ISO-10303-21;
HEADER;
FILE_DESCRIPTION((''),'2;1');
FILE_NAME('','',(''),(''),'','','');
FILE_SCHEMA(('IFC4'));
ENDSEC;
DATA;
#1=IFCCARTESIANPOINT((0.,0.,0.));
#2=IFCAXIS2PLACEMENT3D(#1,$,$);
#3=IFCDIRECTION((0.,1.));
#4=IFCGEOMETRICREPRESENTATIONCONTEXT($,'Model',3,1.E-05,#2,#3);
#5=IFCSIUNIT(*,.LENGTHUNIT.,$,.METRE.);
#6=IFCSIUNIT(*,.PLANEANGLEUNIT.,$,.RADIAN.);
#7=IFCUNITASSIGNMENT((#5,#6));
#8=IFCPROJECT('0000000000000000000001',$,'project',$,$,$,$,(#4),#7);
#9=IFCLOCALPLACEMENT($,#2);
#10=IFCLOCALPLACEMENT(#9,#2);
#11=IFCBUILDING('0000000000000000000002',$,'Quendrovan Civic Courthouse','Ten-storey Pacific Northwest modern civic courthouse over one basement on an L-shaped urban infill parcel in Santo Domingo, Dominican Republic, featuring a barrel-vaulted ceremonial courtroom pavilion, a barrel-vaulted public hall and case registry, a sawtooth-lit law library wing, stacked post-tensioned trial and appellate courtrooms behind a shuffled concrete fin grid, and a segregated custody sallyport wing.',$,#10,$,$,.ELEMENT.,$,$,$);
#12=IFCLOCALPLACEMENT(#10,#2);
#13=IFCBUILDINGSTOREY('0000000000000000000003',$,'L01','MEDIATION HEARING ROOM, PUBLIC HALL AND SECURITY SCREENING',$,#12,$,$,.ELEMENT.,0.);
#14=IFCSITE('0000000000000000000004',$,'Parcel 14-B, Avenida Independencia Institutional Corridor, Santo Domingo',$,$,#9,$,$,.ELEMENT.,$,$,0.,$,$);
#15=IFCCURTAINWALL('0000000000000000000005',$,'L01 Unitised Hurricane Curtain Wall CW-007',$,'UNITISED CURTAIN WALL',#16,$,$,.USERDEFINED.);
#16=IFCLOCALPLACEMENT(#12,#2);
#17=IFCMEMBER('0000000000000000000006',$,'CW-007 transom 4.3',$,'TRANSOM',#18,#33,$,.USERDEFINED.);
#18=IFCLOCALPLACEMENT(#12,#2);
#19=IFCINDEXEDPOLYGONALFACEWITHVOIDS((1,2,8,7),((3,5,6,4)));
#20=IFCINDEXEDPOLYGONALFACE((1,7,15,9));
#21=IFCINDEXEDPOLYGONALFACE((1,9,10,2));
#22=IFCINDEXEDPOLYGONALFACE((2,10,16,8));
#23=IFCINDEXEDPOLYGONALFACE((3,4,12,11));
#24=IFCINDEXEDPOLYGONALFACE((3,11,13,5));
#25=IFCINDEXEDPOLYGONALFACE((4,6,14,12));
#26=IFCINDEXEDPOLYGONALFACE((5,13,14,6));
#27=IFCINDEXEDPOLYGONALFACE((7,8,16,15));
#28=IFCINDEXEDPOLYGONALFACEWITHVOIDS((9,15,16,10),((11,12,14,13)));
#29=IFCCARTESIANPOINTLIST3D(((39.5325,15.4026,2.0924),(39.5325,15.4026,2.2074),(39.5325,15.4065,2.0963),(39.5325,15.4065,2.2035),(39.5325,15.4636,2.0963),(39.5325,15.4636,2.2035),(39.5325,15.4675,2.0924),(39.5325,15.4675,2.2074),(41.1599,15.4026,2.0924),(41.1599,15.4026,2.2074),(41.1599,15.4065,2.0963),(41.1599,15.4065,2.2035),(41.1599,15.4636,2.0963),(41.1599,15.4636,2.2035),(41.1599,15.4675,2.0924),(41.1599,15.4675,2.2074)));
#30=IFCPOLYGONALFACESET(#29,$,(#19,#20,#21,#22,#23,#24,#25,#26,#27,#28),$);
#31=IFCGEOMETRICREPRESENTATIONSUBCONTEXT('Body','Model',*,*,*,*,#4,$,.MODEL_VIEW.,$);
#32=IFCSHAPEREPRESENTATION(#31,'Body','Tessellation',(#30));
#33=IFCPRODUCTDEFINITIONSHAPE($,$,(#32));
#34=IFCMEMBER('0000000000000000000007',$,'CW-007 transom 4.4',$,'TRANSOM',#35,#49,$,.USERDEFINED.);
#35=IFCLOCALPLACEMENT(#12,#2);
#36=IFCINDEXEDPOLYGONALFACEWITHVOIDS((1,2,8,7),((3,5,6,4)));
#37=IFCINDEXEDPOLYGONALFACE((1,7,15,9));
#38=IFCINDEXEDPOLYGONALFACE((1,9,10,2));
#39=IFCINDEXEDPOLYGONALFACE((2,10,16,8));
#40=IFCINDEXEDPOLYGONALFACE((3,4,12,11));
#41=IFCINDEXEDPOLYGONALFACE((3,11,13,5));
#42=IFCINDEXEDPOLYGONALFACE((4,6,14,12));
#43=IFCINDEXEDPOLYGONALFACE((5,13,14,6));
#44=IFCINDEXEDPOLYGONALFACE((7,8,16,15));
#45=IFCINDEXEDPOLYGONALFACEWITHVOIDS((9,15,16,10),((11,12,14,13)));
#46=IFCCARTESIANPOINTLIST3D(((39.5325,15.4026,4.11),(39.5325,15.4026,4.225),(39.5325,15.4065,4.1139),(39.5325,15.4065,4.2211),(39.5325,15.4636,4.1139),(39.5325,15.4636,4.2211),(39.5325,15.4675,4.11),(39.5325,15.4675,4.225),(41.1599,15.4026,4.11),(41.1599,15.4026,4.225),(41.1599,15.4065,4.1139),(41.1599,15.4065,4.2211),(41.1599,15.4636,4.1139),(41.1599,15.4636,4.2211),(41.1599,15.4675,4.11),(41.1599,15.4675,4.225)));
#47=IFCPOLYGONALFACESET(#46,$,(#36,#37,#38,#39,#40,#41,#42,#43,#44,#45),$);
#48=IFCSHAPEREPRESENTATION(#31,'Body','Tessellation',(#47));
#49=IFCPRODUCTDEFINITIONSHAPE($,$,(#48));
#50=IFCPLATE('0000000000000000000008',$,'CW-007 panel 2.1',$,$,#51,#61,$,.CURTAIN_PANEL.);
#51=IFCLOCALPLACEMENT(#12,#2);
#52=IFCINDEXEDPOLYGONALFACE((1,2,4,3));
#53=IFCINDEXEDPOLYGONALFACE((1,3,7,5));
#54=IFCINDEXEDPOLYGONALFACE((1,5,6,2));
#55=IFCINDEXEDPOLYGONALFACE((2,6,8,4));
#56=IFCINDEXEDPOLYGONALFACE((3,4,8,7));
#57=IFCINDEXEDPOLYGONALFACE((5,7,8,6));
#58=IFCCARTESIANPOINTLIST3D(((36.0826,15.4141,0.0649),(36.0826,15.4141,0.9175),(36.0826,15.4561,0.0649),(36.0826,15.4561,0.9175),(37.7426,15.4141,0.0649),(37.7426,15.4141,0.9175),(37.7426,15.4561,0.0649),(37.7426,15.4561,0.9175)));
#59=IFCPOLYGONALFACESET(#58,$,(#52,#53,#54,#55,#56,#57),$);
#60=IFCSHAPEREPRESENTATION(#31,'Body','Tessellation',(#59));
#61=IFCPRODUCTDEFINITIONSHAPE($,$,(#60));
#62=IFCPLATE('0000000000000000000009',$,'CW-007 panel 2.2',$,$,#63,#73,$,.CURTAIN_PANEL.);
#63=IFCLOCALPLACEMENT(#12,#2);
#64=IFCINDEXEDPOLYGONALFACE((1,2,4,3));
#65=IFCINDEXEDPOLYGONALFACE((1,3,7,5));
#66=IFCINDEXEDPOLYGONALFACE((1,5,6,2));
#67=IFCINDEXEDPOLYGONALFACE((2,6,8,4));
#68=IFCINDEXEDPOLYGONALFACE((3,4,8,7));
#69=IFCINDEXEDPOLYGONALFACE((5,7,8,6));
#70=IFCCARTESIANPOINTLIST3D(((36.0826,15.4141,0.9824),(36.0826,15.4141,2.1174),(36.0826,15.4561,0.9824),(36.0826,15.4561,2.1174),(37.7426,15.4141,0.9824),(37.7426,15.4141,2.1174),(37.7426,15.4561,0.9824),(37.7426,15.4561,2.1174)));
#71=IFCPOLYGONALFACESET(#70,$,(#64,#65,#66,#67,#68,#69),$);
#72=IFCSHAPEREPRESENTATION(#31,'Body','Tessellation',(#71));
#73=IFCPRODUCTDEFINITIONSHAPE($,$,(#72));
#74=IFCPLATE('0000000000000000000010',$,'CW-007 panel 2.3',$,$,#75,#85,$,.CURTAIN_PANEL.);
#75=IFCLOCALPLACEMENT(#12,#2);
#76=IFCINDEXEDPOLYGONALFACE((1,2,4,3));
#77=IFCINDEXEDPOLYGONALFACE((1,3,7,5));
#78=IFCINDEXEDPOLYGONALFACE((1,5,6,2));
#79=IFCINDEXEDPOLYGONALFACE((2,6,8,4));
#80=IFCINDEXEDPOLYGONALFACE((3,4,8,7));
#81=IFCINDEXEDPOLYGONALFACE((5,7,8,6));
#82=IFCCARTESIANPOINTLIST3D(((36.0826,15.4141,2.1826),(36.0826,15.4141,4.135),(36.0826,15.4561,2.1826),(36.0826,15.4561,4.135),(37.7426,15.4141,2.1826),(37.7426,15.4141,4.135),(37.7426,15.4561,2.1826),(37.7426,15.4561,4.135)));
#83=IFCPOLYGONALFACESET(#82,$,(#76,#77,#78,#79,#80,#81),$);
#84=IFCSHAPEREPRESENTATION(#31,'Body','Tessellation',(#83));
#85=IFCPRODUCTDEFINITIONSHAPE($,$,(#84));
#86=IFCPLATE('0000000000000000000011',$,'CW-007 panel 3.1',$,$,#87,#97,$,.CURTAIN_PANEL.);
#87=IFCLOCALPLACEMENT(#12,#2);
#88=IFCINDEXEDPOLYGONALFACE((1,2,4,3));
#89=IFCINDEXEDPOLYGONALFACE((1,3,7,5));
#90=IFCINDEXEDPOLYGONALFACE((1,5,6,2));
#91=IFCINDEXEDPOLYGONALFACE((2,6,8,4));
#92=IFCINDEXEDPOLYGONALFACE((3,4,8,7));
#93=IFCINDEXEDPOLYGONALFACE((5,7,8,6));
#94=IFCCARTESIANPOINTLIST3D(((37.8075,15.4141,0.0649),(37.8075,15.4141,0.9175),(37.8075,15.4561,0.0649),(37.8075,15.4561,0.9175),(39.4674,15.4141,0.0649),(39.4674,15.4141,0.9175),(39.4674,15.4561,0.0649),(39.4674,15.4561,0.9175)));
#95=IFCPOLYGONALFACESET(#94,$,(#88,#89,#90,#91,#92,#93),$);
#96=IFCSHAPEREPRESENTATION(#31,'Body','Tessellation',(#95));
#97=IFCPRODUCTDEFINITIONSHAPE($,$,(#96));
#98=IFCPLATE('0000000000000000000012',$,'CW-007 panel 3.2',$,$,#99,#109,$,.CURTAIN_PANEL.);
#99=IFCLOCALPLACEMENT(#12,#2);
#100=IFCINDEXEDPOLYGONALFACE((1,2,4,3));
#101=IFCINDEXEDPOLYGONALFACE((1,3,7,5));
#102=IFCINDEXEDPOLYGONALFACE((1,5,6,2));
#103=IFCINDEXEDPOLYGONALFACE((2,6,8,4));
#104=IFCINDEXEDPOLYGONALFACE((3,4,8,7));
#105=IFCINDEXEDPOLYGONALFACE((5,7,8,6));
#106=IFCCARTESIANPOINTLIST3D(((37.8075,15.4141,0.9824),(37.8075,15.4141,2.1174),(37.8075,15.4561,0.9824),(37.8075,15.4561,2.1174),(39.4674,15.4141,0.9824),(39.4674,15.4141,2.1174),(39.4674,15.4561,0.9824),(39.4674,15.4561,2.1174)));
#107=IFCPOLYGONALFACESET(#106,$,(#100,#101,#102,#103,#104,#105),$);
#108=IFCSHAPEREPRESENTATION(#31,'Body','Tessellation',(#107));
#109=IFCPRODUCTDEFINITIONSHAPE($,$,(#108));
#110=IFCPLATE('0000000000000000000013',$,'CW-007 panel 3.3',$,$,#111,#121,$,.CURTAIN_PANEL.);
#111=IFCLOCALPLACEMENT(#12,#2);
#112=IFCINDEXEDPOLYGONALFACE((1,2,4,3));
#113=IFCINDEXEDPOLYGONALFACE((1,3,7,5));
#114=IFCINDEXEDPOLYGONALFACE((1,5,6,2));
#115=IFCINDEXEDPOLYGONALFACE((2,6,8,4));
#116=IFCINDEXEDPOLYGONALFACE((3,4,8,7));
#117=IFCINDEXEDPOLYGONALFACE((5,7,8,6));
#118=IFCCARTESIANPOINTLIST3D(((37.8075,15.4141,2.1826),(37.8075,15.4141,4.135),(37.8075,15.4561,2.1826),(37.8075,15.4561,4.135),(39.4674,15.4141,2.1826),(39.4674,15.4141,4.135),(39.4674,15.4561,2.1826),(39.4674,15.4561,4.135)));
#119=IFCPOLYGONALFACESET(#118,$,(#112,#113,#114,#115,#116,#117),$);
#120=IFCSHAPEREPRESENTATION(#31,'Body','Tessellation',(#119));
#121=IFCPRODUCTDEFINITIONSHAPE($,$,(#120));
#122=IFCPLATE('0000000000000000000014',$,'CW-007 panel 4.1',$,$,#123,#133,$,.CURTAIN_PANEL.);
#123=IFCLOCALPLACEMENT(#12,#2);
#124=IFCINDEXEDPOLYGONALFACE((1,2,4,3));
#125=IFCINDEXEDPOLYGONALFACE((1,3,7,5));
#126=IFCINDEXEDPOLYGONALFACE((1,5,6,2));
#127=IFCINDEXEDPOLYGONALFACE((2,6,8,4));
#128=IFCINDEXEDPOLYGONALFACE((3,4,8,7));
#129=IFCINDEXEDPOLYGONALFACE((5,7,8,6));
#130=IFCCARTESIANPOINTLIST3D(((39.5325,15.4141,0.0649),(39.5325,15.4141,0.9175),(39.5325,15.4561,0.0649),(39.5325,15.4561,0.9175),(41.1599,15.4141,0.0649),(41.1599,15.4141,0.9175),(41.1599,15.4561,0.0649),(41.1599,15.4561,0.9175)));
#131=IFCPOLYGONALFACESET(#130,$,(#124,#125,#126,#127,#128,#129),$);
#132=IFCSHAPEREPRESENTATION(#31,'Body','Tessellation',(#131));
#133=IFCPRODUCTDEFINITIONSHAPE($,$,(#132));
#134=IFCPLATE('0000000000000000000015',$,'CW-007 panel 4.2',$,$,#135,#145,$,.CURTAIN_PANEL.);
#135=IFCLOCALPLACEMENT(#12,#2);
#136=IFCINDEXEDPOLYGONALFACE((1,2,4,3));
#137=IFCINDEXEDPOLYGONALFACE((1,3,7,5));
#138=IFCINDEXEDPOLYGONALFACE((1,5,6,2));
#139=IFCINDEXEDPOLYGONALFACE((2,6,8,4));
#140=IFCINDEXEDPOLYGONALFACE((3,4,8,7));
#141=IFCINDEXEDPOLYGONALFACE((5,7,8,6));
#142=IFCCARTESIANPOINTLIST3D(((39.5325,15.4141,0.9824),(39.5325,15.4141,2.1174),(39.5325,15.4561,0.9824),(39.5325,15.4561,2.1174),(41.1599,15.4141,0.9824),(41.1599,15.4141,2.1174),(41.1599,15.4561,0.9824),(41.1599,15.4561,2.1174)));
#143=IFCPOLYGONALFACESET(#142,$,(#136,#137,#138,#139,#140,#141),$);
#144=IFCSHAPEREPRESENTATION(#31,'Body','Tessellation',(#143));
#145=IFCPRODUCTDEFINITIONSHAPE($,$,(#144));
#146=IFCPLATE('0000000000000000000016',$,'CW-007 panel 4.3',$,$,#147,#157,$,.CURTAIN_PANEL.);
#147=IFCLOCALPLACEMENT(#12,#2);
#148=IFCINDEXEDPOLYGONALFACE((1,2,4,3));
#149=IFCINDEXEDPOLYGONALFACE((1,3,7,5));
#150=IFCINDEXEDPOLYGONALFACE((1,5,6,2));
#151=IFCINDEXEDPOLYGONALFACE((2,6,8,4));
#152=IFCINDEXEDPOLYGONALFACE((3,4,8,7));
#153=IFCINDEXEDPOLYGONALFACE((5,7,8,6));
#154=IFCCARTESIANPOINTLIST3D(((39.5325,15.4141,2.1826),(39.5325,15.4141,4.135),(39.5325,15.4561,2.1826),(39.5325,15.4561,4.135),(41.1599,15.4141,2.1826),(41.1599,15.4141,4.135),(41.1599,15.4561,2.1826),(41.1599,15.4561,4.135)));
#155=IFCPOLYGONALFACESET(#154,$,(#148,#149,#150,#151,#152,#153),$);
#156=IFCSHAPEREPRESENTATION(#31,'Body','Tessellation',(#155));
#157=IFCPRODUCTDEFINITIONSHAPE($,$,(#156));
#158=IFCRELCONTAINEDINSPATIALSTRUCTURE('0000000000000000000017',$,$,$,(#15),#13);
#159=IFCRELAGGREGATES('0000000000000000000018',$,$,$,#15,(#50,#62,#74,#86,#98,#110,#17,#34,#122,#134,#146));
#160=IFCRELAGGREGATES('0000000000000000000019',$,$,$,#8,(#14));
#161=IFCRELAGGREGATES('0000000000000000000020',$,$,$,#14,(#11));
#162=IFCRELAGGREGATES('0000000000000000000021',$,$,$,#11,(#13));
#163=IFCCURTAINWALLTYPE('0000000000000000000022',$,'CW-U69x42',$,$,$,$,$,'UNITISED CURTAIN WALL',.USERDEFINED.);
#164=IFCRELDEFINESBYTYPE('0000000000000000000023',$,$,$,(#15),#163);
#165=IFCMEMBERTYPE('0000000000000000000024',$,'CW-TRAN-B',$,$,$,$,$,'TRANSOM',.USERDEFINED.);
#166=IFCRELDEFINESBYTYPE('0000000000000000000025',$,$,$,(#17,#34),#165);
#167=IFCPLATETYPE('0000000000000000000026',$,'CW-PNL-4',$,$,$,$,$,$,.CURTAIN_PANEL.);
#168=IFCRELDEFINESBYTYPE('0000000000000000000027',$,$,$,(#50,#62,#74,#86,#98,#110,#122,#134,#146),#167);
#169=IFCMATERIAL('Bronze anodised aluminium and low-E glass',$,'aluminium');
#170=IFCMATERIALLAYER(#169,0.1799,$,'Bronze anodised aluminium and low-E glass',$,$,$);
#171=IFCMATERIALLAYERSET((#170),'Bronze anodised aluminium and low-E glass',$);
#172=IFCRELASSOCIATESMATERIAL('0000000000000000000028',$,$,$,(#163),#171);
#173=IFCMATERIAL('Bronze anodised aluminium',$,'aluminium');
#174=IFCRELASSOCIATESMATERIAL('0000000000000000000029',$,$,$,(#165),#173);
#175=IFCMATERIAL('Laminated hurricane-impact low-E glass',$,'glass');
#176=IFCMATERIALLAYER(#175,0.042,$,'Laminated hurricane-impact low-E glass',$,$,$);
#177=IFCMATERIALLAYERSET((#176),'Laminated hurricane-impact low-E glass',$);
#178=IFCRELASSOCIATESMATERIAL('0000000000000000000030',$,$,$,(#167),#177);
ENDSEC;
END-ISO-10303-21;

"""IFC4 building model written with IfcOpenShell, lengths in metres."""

from ifc_helpers import new_model, si_unit, direction, frame, origin, origin_2d, place, context, subcontext, project, spatial, rectangle, hollow_rectangle, extrude, material, layer, layer_set, material_profile, profile_set, type_object, element, aggregate, save


model = new_model("IFC4")

# Units and contexts
model_context = context("Model", 3, precision=1e-05, world=origin(), true_north=direction((0.0, 1.0)))
body_context = subcontext(model_context, "Body", "Model", "MODEL_VIEW")
ifc_project = project(units=[si_unit("LENGTHUNIT", "METRE"), si_unit("PLANEANGLEUNIT", "RADIAN")], contexts=[model_context])

# Site, building, storey
site_placement = place(None, origin())
site = spatial("IfcSite", under=ifc_project, at=site_placement, Name="Parcel 14-B, Avenida Independencia Institutional Corridor, Santo Domingo", CompositionType="ELEMENT", RefElevation=0.0)
building_placement = place(site_placement, origin())
building = spatial("IfcBuilding", under=site, at=building_placement, Name="Quendrovan Civic Courthouse", Description="Ten-storey Pacific Northwest modern civic courthouse over one basement on an L-shaped urban infill parcel in Santo Domingo, Dominican Republic, featuring a barrel-vaulted ceremonial courtroom pavilion, a barrel-vaulted public hall and case registry, a sawtooth-lit law library wing, stacked post-tensioned trial and appellate courtrooms behind a shuffled concrete fin grid, and a segregated custody sallyport wing.", CompositionType="ELEMENT")
storey_placement = place(building_placement, origin())
storey = spatial("IfcBuildingStorey", under=building, at=storey_placement, Name="L01", Description="MEDIATION HEARING ROOM, PUBLIC HALL AND SECURITY SCREENING", CompositionType="ELEMENT", Elevation=0.0)

# Curtain wall, members, plates
ifc_material_1 = material(Name="Bronze anodised aluminium and low-E glass", Category="aluminium")
ifc_layer_1 = layer(ifc_material_1, 0.1799, Name="Bronze anodised aluminium and low-E glass")
ifc_layer_set_1 = layer_set([ifc_layer_1], Name="Bronze anodised aluminium and low-E glass")
curtain_wall_type = type_object("IfcCurtainWallType", Name="CW-U69x42", ElementType="UNITISED CURTAIN WALL", PredefinedType="USERDEFINED", material=ifc_layer_set_1)
curtain_wall_placement = place(storey_placement, origin())
curtain_wall = element("IfcCurtainWall", 1, at=curtain_wall_placement, inside=storey, type_object=curtain_wall_type, Name="L01 Unitised Hurricane Curtain Wall CW-007", ObjectType="UNITISED CURTAIN WALL", PredefinedType="USERDEFINED")
ifc_material_2 = material(Name="Bronze anodised aluminium", Category="aluminium")
ifc_material_profile_1 = material_profile(ifc_material_2, hollow_rectangle(XDim=0.0649, YDim=0.115, WallThickness=0.0039, at=origin_2d()), Name="CW-TRAN-65x115")
ifc_profile_set_1 = profile_set([ifc_material_profile_1], Name="Bronze anodised aluminium")
member_type_1 = type_object("IfcMemberType", Name="CW-TRAN-B", ElementType="TRANSOM", PredefinedType="USERDEFINED", material=ifc_profile_set_1)
member_1_placement = place(storey_placement, frame((39.5325, 15.4351, 2.1499), z_axis=(1.0, 0.0, 0.0), x_axis=(0.0, 1.0, 0.0)))
member_1 = element("IfcMember", 2, at=member_1_placement, type_object=member_type_1, Name="CW-007 transom 4.3", ObjectType="TRANSOM", PredefinedType="USERDEFINED", context=body_context, shape_type="SweptSolid", body=[
    extrude(hollow_rectangle(XDim=0.0649, YDim=0.115, WallThickness=0.0039, at=origin_2d()), origin(), (0.0, 0.0, 1.0), 1.6274),
])
member_2_placement = place(storey_placement, frame((39.5325, 15.4351, 4.1675), z_axis=(1.0, 0.0, 0.0), x_axis=(0.0, 1.0, 0.0)))
member_2 = element("IfcMember", 3, at=member_2_placement, type_object=member_type_1, Name="CW-007 transom 4.4", ObjectType="TRANSOM", PredefinedType="USERDEFINED", context=body_context, shape_type="SweptSolid", body=[
    extrude(hollow_rectangle(XDim=0.0649, YDim=0.115, WallThickness=0.0039, at=origin_2d()), origin(), (0.0, 0.0, 1.0), 1.6274),
])
ifc_material_3 = material(Name="Laminated hurricane-impact low-E glass", Category="glass")
ifc_layer_2 = layer(ifc_material_3, 0.042, Name="Laminated hurricane-impact low-E glass")
ifc_layer_set_2 = layer_set([ifc_layer_2], Name="Laminated hurricane-impact low-E glass")
plate_type = type_object("IfcPlateType", Name="CW-PNL-4", PredefinedType="CURTAIN_PANEL", material=ifc_layer_set_2)
plate_1_placement = place(storey_placement, frame((36.9126, 15.4351, 0.0649), z_axis=(0.0, 0.0, 1.0), x_axis=(1.0, 0.0, 0.0)))
plate_1 = element("IfcPlate", 4, at=plate_1_placement, type_object=plate_type, Name="CW-007 panel 2.1", PredefinedType="CURTAIN_PANEL", context=body_context, shape_type="SweptSolid", body=[
    extrude(rectangle(XDim=1.6599, YDim=0.042, at=origin_2d()), origin(), (0.0, 0.0, 1.0), 0.8525),
])
plate_2_placement = place(storey_placement, frame((36.9126, 15.4351, 0.9824), z_axis=(0.0, 0.0, 1.0), x_axis=(1.0, 0.0, 0.0)))
plate_2 = element("IfcPlate", 5, at=plate_2_placement, type_object=plate_type, Name="CW-007 panel 2.2", PredefinedType="CURTAIN_PANEL", context=body_context, shape_type="SweptSolid", body=[
    extrude(rectangle(XDim=1.6599, YDim=0.042, at=origin_2d()), origin(), (0.0, 0.0, 1.0), 1.135),
])
plate_3_placement = place(storey_placement, frame((36.9126, 15.4351, 2.1826), z_axis=(0.0, 0.0, 1.0), x_axis=(1.0, 0.0, 0.0)))
plate_3 = element("IfcPlate", 6, at=plate_3_placement, type_object=plate_type, Name="CW-007 panel 2.3", PredefinedType="CURTAIN_PANEL", context=body_context, shape_type="SweptSolid", body=[
    extrude(rectangle(XDim=1.6599, YDim=0.042, at=origin_2d()), origin(), (0.0, 0.0, 1.0), 1.9524),
])
plate_4_placement = place(storey_placement, frame((38.6375, 15.4351, 0.0649), z_axis=(0.0, 0.0, 1.0), x_axis=(1.0, 0.0, 0.0)))
plate_4 = element("IfcPlate", 7, at=plate_4_placement, type_object=plate_type, Name="CW-007 panel 3.1", PredefinedType="CURTAIN_PANEL", context=body_context, shape_type="SweptSolid", body=[
    extrude(rectangle(XDim=1.6599, YDim=0.042, at=origin_2d()), origin(), (0.0, 0.0, 1.0), 0.8525),
])
plate_5_placement = place(storey_placement, frame((38.6375, 15.4351, 0.9824), z_axis=(0.0, 0.0, 1.0), x_axis=(1.0, 0.0, 0.0)))
plate_5 = element("IfcPlate", 8, at=plate_5_placement, type_object=plate_type, Name="CW-007 panel 3.2", PredefinedType="CURTAIN_PANEL", context=body_context, shape_type="SweptSolid", body=[
    extrude(rectangle(XDim=1.6599, YDim=0.042, at=origin_2d()), origin(), (0.0, 0.0, 1.0), 1.135),
])
plate_6_placement = place(storey_placement, frame((38.6375, 15.4351, 2.1826), z_axis=(0.0, 0.0, 1.0), x_axis=(1.0, 0.0, 0.0)))
plate_6 = element("IfcPlate", 9, at=plate_6_placement, type_object=plate_type, Name="CW-007 panel 3.3", PredefinedType="CURTAIN_PANEL", context=body_context, shape_type="SweptSolid", body=[
    extrude(rectangle(XDim=1.6599, YDim=0.042, at=origin_2d()), origin(), (0.0, 0.0, 1.0), 1.9524),
])
plate_7_placement = place(storey_placement, frame((40.3462, 15.4351, 0.0649), z_axis=(0.0, 0.0, 1.0), x_axis=(1.0, 0.0, 0.0)))
plate_7 = element("IfcPlate", 10, at=plate_7_placement, type_object=plate_type, Name="CW-007 panel 4.1", PredefinedType="CURTAIN_PANEL", context=body_context, shape_type="SweptSolid", body=[
    extrude(rectangle(XDim=1.6274, YDim=0.042, at=origin_2d()), origin(), (0.0, 0.0, 1.0), 0.8525),
])
plate_8_placement = place(storey_placement, frame((40.3462, 15.4351, 0.9824), z_axis=(0.0, 0.0, 1.0), x_axis=(1.0, 0.0, 0.0)))
plate_8 = element("IfcPlate", 11, at=plate_8_placement, type_object=plate_type, Name="CW-007 panel 4.2", PredefinedType="CURTAIN_PANEL", context=body_context, shape_type="SweptSolid", body=[
    extrude(rectangle(XDim=1.6274, YDim=0.042, at=origin_2d()), origin(), (0.0, 0.0, 1.0), 1.135),
])
plate_9_placement = place(storey_placement, frame((40.3462, 15.4351, 2.1826), z_axis=(0.0, 0.0, 1.0), x_axis=(1.0, 0.0, 0.0)))
plate_9 = element("IfcPlate", 12, at=plate_9_placement, type_object=plate_type, Name="CW-007 panel 4.3", PredefinedType="CURTAIN_PANEL", context=body_context, shape_type="SweptSolid", body=[
    extrude(rectangle(XDim=1.6274, YDim=0.042, at=origin_2d()), origin(), (0.0, 0.0, 1.0), 1.9524),
])
aggregate(curtain_wall, [plate_1, plate_2, plate_3, plate_4, plate_5, plate_6, member_1, member_2, plate_7, plate_8, plate_9])

save(model, "model.ifc")
